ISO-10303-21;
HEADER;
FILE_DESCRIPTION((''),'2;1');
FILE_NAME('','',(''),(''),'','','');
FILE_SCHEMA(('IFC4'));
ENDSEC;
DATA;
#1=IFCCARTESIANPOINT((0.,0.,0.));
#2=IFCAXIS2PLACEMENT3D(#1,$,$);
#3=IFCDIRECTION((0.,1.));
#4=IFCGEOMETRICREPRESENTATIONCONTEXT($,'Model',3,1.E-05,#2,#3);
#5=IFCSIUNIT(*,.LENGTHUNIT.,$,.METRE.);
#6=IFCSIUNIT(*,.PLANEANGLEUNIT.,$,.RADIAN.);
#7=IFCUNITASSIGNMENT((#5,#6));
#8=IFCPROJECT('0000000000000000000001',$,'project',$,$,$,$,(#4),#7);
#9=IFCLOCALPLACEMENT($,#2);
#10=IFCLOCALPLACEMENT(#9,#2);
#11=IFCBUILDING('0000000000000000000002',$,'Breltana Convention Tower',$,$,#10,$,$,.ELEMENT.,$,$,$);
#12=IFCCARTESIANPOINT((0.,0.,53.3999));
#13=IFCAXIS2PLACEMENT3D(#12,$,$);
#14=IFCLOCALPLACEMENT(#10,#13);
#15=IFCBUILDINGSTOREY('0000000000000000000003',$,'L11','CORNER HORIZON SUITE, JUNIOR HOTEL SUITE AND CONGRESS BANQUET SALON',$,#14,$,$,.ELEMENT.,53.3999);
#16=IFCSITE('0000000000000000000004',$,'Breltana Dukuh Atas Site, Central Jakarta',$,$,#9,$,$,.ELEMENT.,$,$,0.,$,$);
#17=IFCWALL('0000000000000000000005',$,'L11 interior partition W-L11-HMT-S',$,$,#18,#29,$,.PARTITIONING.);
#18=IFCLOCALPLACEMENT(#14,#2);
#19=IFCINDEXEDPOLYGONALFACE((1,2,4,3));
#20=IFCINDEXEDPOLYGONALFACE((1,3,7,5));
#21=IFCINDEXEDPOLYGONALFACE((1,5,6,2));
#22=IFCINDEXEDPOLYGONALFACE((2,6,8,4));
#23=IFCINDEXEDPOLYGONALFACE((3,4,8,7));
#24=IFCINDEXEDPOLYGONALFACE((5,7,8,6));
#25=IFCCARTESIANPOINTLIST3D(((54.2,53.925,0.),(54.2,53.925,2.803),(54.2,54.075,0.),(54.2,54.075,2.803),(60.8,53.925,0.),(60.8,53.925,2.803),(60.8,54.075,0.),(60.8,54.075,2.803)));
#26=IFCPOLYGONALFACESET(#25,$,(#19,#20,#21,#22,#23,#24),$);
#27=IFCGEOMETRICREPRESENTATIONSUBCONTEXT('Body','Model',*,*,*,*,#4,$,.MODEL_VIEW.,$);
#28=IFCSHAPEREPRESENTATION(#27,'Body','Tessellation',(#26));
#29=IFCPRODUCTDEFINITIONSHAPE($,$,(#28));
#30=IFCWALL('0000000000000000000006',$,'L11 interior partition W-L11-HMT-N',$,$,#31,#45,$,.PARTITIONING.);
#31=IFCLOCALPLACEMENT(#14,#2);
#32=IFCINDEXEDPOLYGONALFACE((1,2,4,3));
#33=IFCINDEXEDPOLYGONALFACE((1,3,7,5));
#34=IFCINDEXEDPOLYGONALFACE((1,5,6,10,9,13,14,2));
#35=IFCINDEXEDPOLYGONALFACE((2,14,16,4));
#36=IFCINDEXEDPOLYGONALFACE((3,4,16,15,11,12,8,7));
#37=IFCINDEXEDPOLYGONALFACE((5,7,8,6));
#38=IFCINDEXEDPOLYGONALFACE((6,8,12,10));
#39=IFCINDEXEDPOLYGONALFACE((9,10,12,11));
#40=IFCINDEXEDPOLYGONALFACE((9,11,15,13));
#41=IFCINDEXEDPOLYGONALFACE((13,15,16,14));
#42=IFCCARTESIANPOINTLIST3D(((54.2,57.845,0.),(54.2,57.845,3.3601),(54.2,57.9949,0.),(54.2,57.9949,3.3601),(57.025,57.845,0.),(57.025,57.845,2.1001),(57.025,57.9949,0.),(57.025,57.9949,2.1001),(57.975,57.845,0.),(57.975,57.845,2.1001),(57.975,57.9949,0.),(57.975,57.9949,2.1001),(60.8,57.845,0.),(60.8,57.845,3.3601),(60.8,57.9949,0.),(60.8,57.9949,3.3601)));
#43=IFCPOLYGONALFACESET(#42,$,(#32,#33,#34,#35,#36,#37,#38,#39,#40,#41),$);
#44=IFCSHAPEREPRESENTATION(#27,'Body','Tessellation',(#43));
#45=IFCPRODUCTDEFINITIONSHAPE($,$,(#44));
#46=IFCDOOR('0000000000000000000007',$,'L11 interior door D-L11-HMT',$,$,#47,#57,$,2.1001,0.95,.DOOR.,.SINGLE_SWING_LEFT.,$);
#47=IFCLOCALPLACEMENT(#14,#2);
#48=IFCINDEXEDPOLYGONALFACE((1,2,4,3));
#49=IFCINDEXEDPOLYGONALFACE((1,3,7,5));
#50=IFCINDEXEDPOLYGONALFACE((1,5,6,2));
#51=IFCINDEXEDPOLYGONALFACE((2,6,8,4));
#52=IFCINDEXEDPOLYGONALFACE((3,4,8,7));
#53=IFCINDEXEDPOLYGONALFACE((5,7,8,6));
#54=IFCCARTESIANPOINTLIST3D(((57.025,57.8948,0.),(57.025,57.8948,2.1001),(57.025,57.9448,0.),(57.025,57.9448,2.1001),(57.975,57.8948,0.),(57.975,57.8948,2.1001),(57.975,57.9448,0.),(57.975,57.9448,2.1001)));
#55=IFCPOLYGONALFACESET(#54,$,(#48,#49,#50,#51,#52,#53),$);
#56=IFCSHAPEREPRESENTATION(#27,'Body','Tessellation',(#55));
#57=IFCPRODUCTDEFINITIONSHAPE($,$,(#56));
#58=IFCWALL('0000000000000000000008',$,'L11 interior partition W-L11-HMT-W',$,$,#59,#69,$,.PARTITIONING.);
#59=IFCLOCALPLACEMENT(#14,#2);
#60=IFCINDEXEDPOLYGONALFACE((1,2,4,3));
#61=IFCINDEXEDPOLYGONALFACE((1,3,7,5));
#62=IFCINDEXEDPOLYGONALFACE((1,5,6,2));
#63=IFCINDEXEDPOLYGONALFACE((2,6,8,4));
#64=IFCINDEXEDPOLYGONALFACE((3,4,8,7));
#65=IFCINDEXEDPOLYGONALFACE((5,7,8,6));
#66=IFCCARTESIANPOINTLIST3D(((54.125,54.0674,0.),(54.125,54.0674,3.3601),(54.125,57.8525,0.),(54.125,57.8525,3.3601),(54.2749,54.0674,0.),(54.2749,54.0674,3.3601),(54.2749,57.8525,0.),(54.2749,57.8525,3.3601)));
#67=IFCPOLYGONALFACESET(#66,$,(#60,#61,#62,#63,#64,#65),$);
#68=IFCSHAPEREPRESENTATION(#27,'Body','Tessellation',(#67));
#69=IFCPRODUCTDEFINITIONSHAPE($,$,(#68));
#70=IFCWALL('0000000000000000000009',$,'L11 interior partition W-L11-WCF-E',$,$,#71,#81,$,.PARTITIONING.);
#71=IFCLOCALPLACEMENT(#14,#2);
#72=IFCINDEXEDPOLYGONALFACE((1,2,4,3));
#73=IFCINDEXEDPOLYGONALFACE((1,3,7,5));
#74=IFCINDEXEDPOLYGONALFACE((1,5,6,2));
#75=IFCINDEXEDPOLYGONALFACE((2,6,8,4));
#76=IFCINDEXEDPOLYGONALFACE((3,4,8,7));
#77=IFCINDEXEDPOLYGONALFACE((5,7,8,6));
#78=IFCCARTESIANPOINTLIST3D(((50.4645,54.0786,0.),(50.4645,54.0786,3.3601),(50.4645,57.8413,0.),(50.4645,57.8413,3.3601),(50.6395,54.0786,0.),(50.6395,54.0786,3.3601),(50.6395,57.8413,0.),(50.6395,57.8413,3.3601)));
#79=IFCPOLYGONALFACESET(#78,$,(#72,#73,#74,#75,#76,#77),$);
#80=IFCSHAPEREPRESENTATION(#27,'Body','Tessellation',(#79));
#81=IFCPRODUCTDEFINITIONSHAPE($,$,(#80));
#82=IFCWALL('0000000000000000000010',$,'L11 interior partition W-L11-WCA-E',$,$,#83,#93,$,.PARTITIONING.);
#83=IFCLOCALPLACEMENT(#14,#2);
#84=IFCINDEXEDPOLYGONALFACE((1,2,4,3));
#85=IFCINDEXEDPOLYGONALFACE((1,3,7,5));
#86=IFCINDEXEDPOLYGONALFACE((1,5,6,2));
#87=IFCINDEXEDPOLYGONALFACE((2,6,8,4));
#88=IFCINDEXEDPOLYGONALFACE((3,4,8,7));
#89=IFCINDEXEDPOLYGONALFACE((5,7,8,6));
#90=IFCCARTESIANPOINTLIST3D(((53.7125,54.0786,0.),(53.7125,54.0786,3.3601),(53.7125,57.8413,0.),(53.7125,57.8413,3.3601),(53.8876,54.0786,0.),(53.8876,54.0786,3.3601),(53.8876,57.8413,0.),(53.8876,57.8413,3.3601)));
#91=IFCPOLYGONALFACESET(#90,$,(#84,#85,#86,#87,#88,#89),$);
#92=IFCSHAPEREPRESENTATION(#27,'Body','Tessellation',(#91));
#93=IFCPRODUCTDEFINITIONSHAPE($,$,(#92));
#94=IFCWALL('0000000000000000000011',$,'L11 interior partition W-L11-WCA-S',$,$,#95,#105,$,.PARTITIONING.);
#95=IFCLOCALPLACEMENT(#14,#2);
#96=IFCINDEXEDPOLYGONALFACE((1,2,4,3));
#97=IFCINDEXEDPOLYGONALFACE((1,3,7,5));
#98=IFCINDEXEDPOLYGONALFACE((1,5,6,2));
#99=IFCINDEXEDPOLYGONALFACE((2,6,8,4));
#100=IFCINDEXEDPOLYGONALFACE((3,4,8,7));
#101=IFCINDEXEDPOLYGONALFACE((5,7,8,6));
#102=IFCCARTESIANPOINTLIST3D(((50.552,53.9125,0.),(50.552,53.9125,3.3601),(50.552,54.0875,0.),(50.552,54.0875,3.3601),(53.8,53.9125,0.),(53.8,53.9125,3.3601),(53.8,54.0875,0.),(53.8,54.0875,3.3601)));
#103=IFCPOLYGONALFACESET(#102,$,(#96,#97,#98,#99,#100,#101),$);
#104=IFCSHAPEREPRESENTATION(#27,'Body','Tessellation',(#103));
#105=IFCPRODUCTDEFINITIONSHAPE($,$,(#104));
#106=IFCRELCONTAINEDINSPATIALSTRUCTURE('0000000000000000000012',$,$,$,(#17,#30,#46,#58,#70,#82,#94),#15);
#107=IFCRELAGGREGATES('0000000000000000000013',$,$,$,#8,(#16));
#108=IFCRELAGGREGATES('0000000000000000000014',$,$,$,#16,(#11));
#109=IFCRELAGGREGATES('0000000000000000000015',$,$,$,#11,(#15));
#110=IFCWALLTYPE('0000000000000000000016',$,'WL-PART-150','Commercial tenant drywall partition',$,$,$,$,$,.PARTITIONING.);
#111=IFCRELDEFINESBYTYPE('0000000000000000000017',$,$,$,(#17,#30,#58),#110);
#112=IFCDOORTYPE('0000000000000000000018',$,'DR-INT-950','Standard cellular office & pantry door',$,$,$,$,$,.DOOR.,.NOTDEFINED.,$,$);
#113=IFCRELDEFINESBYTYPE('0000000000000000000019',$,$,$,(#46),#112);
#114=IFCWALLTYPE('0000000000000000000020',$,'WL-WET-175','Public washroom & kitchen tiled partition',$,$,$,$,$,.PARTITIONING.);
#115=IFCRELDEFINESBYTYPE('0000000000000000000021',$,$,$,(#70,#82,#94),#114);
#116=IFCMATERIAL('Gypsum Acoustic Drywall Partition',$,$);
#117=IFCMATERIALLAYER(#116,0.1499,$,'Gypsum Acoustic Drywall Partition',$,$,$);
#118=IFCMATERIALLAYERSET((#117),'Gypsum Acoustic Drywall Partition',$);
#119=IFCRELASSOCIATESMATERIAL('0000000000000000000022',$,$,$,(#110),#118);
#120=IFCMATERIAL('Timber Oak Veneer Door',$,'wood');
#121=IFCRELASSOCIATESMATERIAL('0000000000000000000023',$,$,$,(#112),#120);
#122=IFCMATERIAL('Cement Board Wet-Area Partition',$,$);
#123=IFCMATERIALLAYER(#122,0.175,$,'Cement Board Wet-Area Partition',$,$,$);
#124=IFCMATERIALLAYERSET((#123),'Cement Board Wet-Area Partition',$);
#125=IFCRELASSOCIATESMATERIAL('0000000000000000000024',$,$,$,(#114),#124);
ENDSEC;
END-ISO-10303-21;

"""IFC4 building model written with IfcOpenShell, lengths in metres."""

from ifc_helpers import new_model, si_unit, direction, frame, frame_2d, origin, place, context, subcontext, project, spatial, rectangle, extrude, source, transform, mapped, material, layer, layer_set, type_object, type_shapes, element, fill, save


model = new_model("IFC4")

# Units and contexts
model_context = context("Model", 3, precision=1e-05, world=origin(), true_north=direction((0.0, 1.0)))
body_context = subcontext(model_context, "Body", "Model", "MODEL_VIEW")
ifc_project = project(units=[si_unit("LENGTHUNIT", "METRE"), si_unit("PLANEANGLEUNIT", "RADIAN")], contexts=[model_context])

# Site, building, storey
site_placement = place(None, origin())
site = spatial("IfcSite", under=ifc_project, at=site_placement, Name="Breltana Dukuh Atas Site, Central Jakarta", CompositionType="ELEMENT", RefElevation=0.0)
building_placement = place(site_placement, origin())
building = spatial("IfcBuilding", under=site, at=building_placement, Name="Breltana Convention Tower", CompositionType="ELEMENT")
storey_placement = place(building_placement, frame((0.0, 0.0, 53.3999)))
storey = spatial("IfcBuildingStorey", under=building, at=storey_placement, Name="L11", Description="CORNER HORIZON SUITE, JUNIOR HOTEL SUITE AND CONGRESS BANQUET SALON", CompositionType="ELEMENT", Elevation=53.3999)

# Wall
ifc_material_1 = material(Name="Gypsum Acoustic Drywall Partition")
ifc_layer_1 = layer(ifc_material_1, 0.1499, Name="Gypsum Acoustic Drywall Partition")
ifc_layer_set_1 = layer_set([ifc_layer_1], Name="Gypsum Acoustic Drywall Partition")
wall_type_1 = type_object("IfcWallType", Name="WL-PART-150", Description="Commercial tenant drywall partition", PredefinedType="PARTITIONING", material=ifc_layer_set_1)
shared_shape_1 = source(origin(), body_context, "Body", "SweptSolid", [
    extrude(rectangle(XDim=6.6001, YDim=0.1499, at=frame_2d((3.3, 0.0))), origin(), (0.0, 0.0, 1.0), 2.803),
])
wall_1_placement = place(storey_placement, frame((54.2, 54.0, 0.0), z_axis=(0.0, 0.0, 1.0), x_axis=(1.0, 0.0, 0.0)))
element("IfcWall", 1, at=wall_1_placement, inside=storey, type_object=wall_type_1, Name="L11 interior partition W-L11-HMT-S", PredefinedType="PARTITIONING", context=body_context, shape_type="MappedRepresentation", body=[
    mapped(shared_shape_1, transform((0.0, 0.0, 0.0), scale=1.0)),
])

# Wall, opening, door
shared_shape_2 = source(origin(), body_context, "Body", "SweptSolid", [
    extrude(rectangle(XDim=6.6001, YDim=0.1499, at=frame_2d((3.3, 0.0))), origin(), (0.0, 0.0, 1.0), 3.3601),
])
wall_2_placement = place(storey_placement, frame((54.2, 57.9199, 0.0), z_axis=(0.0, 0.0, 1.0), x_axis=(1.0, 0.0, 0.0)))
wall_2 = element("IfcWall", 2, at=wall_2_placement, inside=storey, type_object=wall_type_1, Name="L11 interior partition W-L11-HMT-N", PredefinedType="PARTITIONING", context=body_context, shape_type="MappedRepresentation", body=[
    mapped(shared_shape_2, transform((0.0, 0.0, 0.0), scale=1.0)),
])
opening_1_placement = place(wall_2_placement, frame((2.825, 0.0, 0.0)))
opening_1 = element("IfcOpeningElement", 3, at=opening_1_placement, cuts=wall_2, PredefinedType="OPENING", context=body_context, shape_type="SweptSolid", body=[
    extrude(rectangle(XDim=0.95, YDim=2.1001, at=frame_2d((0.4751, 1.05))), frame((0.0, 0.085, 0.0), z_axis=(0.0, -1.0, 0.0), x_axis=(1.0, 0.0, 0.0)), (0.0, 0.0, 1.0), 0.1699),
])
ifc_material_2 = material(Name="Timber Oak Veneer Door", Category="wood")
door_type_1 = type_object("IfcDoorType", Name="DR-INT-950", Description="Standard cellular office & pantry door", OperationType="NOTDEFINED", PredefinedType="DOOR", material=ifc_material_2)
shared_shape_3 = source(origin(), body_context, "Body", "SweptSolid", [
    extrude(rectangle(XDim=0.95, YDim=2.1001, at=frame_2d((0.4751, 1.05))), frame((0.0, 0.0249, 0.0), z_axis=(0.0, -1.0, 0.0), x_axis=(1.0, 0.0, 0.0)), (0.0, 0.0, 1.0), 0.05),
])
type_shapes(door_type_1, [shared_shape_3])
door_1_placement = place(opening_1_placement, origin())
door_1 = element("IfcDoor", 4, at=door_1_placement, inside=storey, type_object=door_type_1, Name="L11 interior door D-L11-HMT", OperationType="SINGLE_SWING_LEFT", OverallHeight=2.1001, OverallWidth=0.95, PredefinedType="DOOR", context=body_context, shape_type="MappedRepresentation", body=[
    mapped(shared_shape_3, transform((0.0, 0.0, 0.0), scale=1.0)),
])
fill(opening_1, door_1)

# Walls
shared_shape_4 = source(origin(), body_context, "Body", "SweptSolid", [
    extrude(rectangle(XDim=3.7852, YDim=0.1499, at=frame_2d((1.8926, 0.0))), origin(), (0.0, 0.0, 1.0), 3.3601),
])
wall_3_placement = place(storey_placement, frame((54.2, 54.0674, 0.0), z_axis=(0.0, 0.0, 1.0), x_axis=(0.0, 1.0, 0.0)))
element("IfcWall", 5, at=wall_3_placement, inside=storey, type_object=wall_type_1, Name="L11 interior partition W-L11-HMT-W", PredefinedType="PARTITIONING", context=body_context, shape_type="MappedRepresentation", body=[
    mapped(shared_shape_4, transform((0.0, 0.0, 0.0), scale=1.0)),
])
ifc_material_3 = material(Name="Cement Board Wet-Area Partition")
ifc_layer_2 = layer(ifc_material_3, 0.175, Name="Cement Board Wet-Area Partition")
ifc_layer_set_2 = layer_set([ifc_layer_2], Name="Cement Board Wet-Area Partition")
wall_type_2 = type_object("IfcWallType", Name="WL-WET-175", Description="Public washroom & kitchen tiled partition", PredefinedType="PARTITIONING", material=ifc_layer_set_2)
shared_shape_5 = source(origin(), body_context, "Body", "SweptSolid", [
    extrude(rectangle(XDim=3.7627, YDim=0.175, at=frame_2d((1.8813, 0.0))), origin(), (0.0, 0.0, 1.0), 3.3601),
])
for number, where, z_axis, x_axis, name in (
    (6, (50.552, 54.0786, 0.0), (0.0, 0.0, 1.0), (0.0, 1.0, 0.0), "L11 interior partition W-L11-WCF-E"),
    (7, (53.8, 54.0786, 0.0), (0.0, 0.0, 1.0), (0.0, 1.0, 0.0), "L11 interior partition W-L11-WCA-E"),
):
    element("IfcWall", number, at=place(storey_placement, frame(where, z_axis=z_axis, x_axis=x_axis)), inside=storey, type_object=wall_type_2, Name=name, PredefinedType="PARTITIONING", context=body_context, shape_type="MappedRepresentation", body=[
        mapped(shared_shape_5, transform((0.0, 0.0, 0.0), scale=1.0)),
    ])
shared_shape_6 = source(origin(), body_context, "Body", "SweptSolid", [
    extrude(rectangle(XDim=3.248, YDim=0.175, at=frame_2d((1.624, 0.0))), origin(), (0.0, 0.0, 1.0), 3.3601),
])
wall_4_placement = place(storey_placement, frame((50.552, 54.0, 0.0), z_axis=(0.0, 0.0, 1.0), x_axis=(1.0, 0.0, 0.0)))
element("IfcWall", 8, at=wall_4_placement, inside=storey, type_object=wall_type_2, Name="L11 interior partition W-L11-WCA-S", PredefinedType="PARTITIONING", context=body_context, shape_type="MappedRepresentation", body=[
    mapped(shared_shape_6, transform((0.0, 0.0, 0.0), scale=1.0)),
])

save(model, "model.ifc")
